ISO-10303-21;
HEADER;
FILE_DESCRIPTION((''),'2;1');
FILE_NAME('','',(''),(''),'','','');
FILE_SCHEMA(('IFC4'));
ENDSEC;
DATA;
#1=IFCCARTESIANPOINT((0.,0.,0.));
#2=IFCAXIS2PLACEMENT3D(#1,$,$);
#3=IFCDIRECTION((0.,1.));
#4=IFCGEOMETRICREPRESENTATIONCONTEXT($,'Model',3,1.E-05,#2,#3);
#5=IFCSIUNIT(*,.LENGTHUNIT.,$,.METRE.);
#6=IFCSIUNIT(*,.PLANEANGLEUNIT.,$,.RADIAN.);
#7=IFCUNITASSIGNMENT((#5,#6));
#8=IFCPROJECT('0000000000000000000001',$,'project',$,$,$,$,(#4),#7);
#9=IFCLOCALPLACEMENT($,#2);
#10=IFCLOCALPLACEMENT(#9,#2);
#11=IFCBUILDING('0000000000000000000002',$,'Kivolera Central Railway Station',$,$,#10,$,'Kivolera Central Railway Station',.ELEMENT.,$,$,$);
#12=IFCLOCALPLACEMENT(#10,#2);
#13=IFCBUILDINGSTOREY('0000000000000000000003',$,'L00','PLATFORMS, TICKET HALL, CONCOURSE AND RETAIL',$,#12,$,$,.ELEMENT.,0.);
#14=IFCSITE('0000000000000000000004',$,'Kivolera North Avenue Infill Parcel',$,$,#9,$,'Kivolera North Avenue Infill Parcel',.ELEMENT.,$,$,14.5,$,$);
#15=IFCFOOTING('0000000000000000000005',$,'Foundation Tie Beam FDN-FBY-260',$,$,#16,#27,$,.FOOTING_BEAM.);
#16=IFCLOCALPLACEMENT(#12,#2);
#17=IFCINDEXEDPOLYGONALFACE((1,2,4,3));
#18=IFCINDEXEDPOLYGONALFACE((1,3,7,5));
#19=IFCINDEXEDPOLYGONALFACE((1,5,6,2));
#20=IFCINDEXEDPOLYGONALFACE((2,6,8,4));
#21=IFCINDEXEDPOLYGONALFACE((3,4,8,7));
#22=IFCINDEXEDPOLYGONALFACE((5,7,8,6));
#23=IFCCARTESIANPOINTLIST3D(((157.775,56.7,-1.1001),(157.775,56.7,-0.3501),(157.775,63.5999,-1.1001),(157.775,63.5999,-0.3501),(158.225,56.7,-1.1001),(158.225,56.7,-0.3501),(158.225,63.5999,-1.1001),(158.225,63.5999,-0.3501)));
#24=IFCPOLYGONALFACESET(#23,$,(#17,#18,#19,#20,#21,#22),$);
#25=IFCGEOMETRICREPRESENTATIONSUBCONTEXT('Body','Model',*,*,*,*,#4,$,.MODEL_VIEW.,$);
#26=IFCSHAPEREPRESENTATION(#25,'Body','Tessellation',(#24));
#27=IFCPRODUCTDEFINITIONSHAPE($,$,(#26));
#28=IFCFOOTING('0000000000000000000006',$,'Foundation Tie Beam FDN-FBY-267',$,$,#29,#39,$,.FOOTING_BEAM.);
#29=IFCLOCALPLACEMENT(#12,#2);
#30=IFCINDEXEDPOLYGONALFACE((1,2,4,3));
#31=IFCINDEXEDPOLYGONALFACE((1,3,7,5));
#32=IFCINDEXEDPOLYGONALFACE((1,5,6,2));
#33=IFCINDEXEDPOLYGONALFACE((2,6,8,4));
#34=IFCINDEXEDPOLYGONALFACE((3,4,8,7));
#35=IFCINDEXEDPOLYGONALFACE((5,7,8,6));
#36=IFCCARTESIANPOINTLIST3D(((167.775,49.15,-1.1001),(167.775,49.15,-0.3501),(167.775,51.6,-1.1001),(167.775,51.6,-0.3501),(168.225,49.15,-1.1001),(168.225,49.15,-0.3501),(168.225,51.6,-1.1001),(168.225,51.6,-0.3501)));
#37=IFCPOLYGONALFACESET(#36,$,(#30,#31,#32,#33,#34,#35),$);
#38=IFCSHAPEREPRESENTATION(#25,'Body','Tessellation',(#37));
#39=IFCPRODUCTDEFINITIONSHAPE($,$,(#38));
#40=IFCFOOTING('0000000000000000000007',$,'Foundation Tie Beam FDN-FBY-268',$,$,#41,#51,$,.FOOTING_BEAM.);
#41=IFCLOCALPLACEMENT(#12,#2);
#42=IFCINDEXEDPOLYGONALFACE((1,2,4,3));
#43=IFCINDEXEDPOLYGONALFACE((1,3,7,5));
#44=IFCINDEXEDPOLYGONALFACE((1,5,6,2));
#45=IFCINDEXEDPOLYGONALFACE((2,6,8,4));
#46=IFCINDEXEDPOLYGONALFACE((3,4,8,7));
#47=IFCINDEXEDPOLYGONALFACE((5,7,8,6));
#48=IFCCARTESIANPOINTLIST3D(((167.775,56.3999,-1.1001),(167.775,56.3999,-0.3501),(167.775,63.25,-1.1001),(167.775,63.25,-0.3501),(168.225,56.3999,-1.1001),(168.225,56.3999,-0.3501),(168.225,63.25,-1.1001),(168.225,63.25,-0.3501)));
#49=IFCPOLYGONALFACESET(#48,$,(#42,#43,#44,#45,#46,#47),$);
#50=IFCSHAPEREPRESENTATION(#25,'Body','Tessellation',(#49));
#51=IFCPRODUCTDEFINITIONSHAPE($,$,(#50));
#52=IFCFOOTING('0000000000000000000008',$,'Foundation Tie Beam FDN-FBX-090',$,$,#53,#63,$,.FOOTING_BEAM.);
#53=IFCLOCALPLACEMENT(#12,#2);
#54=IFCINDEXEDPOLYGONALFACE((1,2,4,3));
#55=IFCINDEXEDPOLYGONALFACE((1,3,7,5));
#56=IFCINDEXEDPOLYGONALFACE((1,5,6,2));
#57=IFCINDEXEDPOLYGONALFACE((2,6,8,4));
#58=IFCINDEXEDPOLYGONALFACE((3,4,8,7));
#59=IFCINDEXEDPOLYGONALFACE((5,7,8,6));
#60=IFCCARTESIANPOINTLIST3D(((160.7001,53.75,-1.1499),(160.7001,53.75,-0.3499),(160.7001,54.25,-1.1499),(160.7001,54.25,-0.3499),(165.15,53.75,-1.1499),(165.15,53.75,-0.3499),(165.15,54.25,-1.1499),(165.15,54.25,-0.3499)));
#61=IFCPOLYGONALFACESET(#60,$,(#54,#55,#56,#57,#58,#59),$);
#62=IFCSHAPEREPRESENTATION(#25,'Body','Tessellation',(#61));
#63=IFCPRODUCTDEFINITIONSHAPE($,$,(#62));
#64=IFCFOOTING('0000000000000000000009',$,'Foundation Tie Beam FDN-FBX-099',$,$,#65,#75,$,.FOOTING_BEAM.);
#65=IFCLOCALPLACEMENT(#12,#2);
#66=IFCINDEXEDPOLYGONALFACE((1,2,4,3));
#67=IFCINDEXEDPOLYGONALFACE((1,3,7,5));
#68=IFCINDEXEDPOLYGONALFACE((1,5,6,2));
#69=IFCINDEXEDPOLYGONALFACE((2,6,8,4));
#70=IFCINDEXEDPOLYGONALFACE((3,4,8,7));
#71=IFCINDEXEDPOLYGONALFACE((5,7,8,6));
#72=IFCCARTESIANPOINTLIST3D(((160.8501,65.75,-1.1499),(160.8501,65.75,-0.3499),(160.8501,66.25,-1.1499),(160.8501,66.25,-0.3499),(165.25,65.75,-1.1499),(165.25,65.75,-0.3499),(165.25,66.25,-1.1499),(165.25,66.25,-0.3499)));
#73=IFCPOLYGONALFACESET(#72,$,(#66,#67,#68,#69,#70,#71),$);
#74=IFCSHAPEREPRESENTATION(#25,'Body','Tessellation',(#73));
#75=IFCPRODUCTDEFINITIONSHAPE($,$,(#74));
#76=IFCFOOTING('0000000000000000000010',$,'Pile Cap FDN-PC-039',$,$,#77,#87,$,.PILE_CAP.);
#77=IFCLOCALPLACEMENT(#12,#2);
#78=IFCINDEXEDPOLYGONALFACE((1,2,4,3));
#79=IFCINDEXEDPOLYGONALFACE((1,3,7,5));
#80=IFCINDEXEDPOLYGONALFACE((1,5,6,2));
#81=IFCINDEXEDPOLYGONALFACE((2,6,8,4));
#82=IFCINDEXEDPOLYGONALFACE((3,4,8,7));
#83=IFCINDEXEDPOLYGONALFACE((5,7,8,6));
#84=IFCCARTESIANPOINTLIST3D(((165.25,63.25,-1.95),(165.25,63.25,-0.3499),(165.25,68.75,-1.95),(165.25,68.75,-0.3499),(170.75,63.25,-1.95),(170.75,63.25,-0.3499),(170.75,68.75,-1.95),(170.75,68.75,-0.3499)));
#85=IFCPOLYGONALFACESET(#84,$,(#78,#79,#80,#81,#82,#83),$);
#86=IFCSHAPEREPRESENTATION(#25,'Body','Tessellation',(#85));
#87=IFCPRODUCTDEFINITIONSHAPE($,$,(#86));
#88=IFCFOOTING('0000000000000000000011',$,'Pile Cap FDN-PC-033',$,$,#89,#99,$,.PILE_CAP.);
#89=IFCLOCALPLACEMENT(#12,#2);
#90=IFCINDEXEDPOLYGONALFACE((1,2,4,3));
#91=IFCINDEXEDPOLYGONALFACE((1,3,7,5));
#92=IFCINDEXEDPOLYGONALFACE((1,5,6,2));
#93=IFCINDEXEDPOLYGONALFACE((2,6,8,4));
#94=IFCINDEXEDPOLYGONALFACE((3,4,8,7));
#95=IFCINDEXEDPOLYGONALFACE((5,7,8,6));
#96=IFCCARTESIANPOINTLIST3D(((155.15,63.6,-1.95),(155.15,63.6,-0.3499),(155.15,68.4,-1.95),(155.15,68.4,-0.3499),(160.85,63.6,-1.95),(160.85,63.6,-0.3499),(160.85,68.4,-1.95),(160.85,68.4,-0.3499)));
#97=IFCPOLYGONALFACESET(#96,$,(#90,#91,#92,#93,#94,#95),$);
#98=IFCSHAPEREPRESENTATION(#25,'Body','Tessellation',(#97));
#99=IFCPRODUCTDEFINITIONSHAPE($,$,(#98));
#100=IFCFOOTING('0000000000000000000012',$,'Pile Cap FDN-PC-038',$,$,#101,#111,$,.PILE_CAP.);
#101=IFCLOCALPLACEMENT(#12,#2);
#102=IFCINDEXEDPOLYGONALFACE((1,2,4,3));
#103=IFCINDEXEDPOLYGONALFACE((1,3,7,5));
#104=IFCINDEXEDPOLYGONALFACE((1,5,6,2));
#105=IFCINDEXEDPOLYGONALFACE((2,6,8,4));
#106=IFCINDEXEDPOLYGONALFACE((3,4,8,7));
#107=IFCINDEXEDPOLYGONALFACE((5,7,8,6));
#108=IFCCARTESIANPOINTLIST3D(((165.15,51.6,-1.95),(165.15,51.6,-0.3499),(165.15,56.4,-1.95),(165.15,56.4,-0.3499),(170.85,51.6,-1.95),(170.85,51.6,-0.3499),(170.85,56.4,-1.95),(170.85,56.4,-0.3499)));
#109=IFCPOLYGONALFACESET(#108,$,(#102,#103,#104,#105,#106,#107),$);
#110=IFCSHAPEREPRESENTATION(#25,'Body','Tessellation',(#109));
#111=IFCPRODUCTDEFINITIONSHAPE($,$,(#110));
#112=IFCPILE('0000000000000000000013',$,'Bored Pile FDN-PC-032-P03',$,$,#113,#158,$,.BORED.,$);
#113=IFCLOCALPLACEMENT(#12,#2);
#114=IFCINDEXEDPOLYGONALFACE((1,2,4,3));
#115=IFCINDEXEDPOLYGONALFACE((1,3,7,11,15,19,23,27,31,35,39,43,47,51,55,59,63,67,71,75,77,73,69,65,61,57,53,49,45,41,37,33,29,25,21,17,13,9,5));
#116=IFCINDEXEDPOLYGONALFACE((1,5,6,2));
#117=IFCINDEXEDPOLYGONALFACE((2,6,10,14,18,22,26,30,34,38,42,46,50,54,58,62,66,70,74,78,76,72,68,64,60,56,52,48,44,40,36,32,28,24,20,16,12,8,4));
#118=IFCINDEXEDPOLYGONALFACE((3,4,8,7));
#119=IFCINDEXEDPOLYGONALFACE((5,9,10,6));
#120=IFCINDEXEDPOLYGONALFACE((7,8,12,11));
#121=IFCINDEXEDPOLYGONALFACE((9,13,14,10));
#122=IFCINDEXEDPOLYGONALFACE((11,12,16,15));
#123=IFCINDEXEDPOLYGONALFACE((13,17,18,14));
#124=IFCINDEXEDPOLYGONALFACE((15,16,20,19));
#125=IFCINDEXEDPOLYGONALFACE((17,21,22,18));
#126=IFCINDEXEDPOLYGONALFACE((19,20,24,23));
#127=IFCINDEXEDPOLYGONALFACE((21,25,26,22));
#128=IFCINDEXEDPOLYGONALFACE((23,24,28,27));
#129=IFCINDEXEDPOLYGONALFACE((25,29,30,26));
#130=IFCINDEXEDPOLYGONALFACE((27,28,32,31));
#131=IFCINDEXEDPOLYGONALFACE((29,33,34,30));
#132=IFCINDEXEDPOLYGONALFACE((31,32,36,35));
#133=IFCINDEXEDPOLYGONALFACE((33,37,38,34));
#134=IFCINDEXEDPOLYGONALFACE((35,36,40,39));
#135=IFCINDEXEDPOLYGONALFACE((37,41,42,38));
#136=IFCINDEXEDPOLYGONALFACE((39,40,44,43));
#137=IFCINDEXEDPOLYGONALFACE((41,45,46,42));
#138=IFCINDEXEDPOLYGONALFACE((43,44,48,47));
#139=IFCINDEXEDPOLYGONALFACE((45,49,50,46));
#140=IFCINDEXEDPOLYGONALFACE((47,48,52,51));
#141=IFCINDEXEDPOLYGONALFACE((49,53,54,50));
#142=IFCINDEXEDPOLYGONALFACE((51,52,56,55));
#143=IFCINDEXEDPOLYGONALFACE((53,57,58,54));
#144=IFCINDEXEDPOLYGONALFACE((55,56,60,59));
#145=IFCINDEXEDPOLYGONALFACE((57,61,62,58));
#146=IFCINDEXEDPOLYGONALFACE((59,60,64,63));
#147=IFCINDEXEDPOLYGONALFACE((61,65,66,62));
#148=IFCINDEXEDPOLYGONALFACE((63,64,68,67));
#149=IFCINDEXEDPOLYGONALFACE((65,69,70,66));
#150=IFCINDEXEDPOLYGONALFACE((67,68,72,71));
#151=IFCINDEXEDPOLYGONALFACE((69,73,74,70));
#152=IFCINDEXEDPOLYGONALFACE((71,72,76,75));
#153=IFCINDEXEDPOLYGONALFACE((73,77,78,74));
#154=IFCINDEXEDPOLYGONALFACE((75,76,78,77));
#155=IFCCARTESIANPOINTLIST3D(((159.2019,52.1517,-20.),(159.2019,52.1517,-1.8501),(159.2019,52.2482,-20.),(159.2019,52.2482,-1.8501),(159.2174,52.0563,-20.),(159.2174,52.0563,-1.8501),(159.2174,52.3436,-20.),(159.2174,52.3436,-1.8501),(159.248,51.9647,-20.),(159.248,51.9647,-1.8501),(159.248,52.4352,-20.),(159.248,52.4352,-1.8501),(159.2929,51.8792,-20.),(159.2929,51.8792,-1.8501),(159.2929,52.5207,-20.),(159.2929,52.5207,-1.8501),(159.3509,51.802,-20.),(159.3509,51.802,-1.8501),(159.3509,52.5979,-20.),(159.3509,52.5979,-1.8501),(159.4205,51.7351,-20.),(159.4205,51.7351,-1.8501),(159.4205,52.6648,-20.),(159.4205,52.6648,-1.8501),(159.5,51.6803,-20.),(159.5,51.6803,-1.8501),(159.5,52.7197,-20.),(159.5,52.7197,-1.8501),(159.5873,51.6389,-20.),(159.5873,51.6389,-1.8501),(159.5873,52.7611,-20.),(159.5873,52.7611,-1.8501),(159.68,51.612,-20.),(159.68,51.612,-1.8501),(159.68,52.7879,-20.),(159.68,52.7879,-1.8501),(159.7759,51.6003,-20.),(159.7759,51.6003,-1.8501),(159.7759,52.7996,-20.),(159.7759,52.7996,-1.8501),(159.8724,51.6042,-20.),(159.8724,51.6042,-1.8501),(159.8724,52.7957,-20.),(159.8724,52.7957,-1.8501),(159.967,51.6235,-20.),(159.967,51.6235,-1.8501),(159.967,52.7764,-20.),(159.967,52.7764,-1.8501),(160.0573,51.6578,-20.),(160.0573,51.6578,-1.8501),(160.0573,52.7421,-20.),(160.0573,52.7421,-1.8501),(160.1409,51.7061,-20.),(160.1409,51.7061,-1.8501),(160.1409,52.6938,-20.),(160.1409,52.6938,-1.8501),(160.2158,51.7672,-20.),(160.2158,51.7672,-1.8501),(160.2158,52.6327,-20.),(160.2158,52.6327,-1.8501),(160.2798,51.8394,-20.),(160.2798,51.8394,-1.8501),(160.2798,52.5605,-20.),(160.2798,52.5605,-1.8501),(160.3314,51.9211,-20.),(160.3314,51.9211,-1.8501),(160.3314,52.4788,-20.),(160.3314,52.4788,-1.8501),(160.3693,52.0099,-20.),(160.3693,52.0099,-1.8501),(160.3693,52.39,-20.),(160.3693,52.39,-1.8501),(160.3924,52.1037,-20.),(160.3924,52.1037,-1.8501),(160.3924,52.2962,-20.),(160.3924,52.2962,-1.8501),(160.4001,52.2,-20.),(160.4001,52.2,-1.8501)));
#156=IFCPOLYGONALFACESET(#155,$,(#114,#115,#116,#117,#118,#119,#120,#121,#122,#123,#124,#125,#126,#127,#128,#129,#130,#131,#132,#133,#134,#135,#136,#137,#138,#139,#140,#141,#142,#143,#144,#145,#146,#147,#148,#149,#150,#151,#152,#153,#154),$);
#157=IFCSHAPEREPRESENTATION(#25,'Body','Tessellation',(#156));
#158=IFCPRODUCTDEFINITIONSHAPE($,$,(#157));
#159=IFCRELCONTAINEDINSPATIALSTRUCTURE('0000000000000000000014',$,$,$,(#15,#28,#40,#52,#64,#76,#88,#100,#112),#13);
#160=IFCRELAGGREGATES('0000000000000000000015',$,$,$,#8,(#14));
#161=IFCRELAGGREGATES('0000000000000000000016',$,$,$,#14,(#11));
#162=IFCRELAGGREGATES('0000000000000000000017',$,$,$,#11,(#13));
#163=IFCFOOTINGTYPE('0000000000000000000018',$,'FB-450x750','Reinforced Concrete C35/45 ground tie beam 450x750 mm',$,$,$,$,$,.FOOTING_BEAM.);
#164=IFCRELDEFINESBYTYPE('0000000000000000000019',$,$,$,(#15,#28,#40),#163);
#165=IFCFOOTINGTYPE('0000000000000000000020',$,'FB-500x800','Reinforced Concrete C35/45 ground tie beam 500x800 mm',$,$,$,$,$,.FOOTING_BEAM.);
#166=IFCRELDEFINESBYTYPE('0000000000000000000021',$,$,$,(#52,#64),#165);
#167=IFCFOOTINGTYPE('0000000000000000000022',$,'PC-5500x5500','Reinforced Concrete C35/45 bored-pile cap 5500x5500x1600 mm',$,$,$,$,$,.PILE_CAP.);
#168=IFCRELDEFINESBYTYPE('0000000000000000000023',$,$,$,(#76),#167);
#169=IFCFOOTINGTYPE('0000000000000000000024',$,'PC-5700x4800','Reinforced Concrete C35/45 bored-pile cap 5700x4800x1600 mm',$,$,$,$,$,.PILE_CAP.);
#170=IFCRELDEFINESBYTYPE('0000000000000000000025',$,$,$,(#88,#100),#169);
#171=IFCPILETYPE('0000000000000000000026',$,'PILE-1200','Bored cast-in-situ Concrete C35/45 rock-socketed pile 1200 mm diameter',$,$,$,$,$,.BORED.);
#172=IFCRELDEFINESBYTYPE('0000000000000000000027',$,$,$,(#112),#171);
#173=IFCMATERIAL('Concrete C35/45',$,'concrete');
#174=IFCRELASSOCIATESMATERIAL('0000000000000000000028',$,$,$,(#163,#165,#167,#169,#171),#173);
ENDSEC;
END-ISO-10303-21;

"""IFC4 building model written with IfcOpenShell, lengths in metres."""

from ifc_helpers import new_model, si_unit, direction, frame, origin, origin_2d, place, context, subcontext, project, spatial, rectangle, circle, extrude, material, material_profile, profile_set, type_object, element, save


model = new_model("IFC4")

# Units and contexts
model_context = context("Model", 3, precision=1e-05, world=origin(), true_north=direction((0.0, 1.0)))
body_context = subcontext(model_context, "Body", "Model", "MODEL_VIEW")
ifc_project = project(units=[si_unit("LENGTHUNIT", "METRE"), si_unit("PLANEANGLEUNIT", "RADIAN")], contexts=[model_context])

# Site, building, storey
site_placement = place(None, origin())
site = spatial("IfcSite", under=ifc_project, at=site_placement, Name="Kivolera North Avenue Infill Parcel", LongName="Kivolera North Avenue Infill Parcel", CompositionType="ELEMENT", RefElevation=14.5)
building_placement = place(site_placement, origin())
building = spatial("IfcBuilding", under=site, at=building_placement, Name="Kivolera Central Railway Station", LongName="Kivolera Central Railway Station", CompositionType="ELEMENT")
storey_placement = place(building_placement, origin())
storey = spatial("IfcBuildingStorey", under=building, at=storey_placement, Name="L00", Description="PLATFORMS, TICKET HALL, CONCOURSE AND RETAIL", CompositionType="ELEMENT", Elevation=0.0)

# Footings
ifc_material_1 = material(Name="Concrete C35/45", Category="concrete")
footing_type_1 = type_object("IfcFootingType", Name="FB-450x750", Description="Reinforced Concrete C35/45 ground tie beam 450x750 mm", PredefinedType="FOOTING_BEAM", material=ifc_material_1)
footing_1_placement = place(storey_placement, frame((158.0, 60.1499, -1.1001), z_axis=(0.0, 0.0, 1.0), x_axis=(1.0, 0.0, 0.0)))
element("IfcFooting", 1, at=footing_1_placement, inside=storey, type_object=footing_type_1, Name="Foundation Tie Beam FDN-FBY-260", PredefinedType="FOOTING_BEAM", context=body_context, shape_type="SweptSolid", body=[
    extrude(rectangle(XDim=0.45, YDim=6.8999, at=origin_2d()), origin(), (0.0, 0.0, 1.0), 0.75),
])
footing_2_placement = place(storey_placement, frame((168.0, 50.375, -1.1001), z_axis=(0.0, 0.0, 1.0), x_axis=(1.0, 0.0, 0.0)))
element("IfcFooting", 2, at=footing_2_placement, inside=storey, type_object=footing_type_1, Name="Foundation Tie Beam FDN-FBY-267", PredefinedType="FOOTING_BEAM", context=body_context, shape_type="SweptSolid", body=[
    extrude(rectangle(XDim=0.45, YDim=2.45, at=origin_2d()), origin(), (0.0, 0.0, 1.0), 0.75),
])
footing_3_placement = place(storey_placement, frame((168.0, 59.825, -1.1001), z_axis=(0.0, 0.0, 1.0), x_axis=(1.0, 0.0, 0.0)))
element("IfcFooting", 3, at=footing_3_placement, inside=storey, type_object=footing_type_1, Name="Foundation Tie Beam FDN-FBY-268", PredefinedType="FOOTING_BEAM", context=body_context, shape_type="SweptSolid", body=[
    extrude(rectangle(XDim=0.45, YDim=6.8501, at=origin_2d()), origin(), (0.0, 0.0, 1.0), 0.75),
])
footing_type_2 = type_object("IfcFootingType", Name="FB-500x800", Description="Reinforced Concrete C35/45 ground tie beam 500x800 mm", PredefinedType="FOOTING_BEAM", material=ifc_material_1)
footing_4_placement = place(storey_placement, frame((162.925, 54.0, -1.1499), z_axis=(0.0, 0.0, 1.0), x_axis=(1.0, 0.0, 0.0)))
element("IfcFooting", 4, at=footing_4_placement, inside=storey, type_object=footing_type_2, Name="Foundation Tie Beam FDN-FBX-090", PredefinedType="FOOTING_BEAM", context=body_context, shape_type="SweptSolid", body=[
    extrude(rectangle(XDim=4.45, YDim=0.5, at=origin_2d()), origin(), (0.0, 0.0, 1.0), 0.8),
])
footing_5_placement = place(storey_placement, frame((163.05, 66.0, -1.1499), z_axis=(0.0, 0.0, 1.0), x_axis=(1.0, 0.0, 0.0)))
element("IfcFooting", 5, at=footing_5_placement, inside=storey, type_object=footing_type_2, Name="Foundation Tie Beam FDN-FBX-099", PredefinedType="FOOTING_BEAM", context=body_context, shape_type="SweptSolid", body=[
    extrude(rectangle(XDim=4.3999, YDim=0.5, at=origin_2d()), origin(), (0.0, 0.0, 1.0), 0.8),
])
footing_type_3 = type_object("IfcFootingType", Name="PC-5500x5500", Description="Reinforced Concrete C35/45 bored-pile cap 5500x5500x1600 mm", PredefinedType="PILE_CAP", material=ifc_material_1)
footing_6_placement = place(storey_placement, frame((168.0, 66.0, -1.95), z_axis=(0.0, 0.0, 1.0), x_axis=(1.0, 0.0, 0.0)))
element("IfcFooting", 6, at=footing_6_placement, inside=storey, type_object=footing_type_3, Name="Pile Cap FDN-PC-039", PredefinedType="PILE_CAP", context=body_context, shape_type="SweptSolid", body=[
    extrude(rectangle(XDim=5.5, YDim=5.5, at=origin_2d()), origin(), (0.0, 0.0, 1.0), 1.6001),
])
footing_type_4 = type_object("IfcFootingType", Name="PC-5700x4800", Description="Reinforced Concrete C35/45 bored-pile cap 5700x4800x1600 mm", PredefinedType="PILE_CAP", material=ifc_material_1)
for number, where, z_axis, x_axis, name in (
    (7, (158.0, 66.0, -1.95), (0.0, 0.0, 1.0), (1.0, 0.0, 0.0), "Pile Cap FDN-PC-033"),
    (8, (168.0, 54.0, -1.95), (0.0, 0.0, 1.0), (1.0, 0.0, 0.0), "Pile Cap FDN-PC-038"),
):
    element("IfcFooting", number, at=place(storey_placement, frame(where, z_axis=z_axis, x_axis=x_axis)), inside=storey, type_object=footing_type_4, Name=name, PredefinedType="PILE_CAP", context=body_context, shape_type="SweptSolid", body=[
        extrude(rectangle(XDim=5.7, YDim=4.8, at=origin_2d()), origin(), (0.0, 0.0, 1.0), 1.6001),
    ])

# Pile
ifc_material_profile_1 = material_profile(ifc_material_1, circle(Radius=0.6001, at=origin_2d()), Name="PILE D1200")
ifc_profile_set_1 = profile_set([ifc_material_profile_1], Name="Concrete C35/45")
pile_type = type_object("IfcPileType", Name="PILE-1200", Description="Bored cast-in-situ Concrete C35/45 rock-socketed pile 1200 mm diameter", PredefinedType="BORED", material=ifc_profile_set_1)
for number, where, z_axis, x_axis, name in (
    (9, (159.8, 52.2, -1.8501), (0.0, 0.0, -1.0), (1.0, 0.0, 0.0), "Bored Pile FDN-PC-032-P03"),
):
    element("IfcPile", number, at=place(storey_placement, frame(where, z_axis=z_axis, x_axis=x_axis)), inside=storey, type_object=pile_type, Name=name, PredefinedType="BORED", context=body_context, shape_type="SweptSolid", body=[
        extrude(circle(Radius=0.6001, at=origin_2d()), origin(), (0.0, 0.0, 1.0), 18.1499),
    ])

save(model, "model.ifc")
